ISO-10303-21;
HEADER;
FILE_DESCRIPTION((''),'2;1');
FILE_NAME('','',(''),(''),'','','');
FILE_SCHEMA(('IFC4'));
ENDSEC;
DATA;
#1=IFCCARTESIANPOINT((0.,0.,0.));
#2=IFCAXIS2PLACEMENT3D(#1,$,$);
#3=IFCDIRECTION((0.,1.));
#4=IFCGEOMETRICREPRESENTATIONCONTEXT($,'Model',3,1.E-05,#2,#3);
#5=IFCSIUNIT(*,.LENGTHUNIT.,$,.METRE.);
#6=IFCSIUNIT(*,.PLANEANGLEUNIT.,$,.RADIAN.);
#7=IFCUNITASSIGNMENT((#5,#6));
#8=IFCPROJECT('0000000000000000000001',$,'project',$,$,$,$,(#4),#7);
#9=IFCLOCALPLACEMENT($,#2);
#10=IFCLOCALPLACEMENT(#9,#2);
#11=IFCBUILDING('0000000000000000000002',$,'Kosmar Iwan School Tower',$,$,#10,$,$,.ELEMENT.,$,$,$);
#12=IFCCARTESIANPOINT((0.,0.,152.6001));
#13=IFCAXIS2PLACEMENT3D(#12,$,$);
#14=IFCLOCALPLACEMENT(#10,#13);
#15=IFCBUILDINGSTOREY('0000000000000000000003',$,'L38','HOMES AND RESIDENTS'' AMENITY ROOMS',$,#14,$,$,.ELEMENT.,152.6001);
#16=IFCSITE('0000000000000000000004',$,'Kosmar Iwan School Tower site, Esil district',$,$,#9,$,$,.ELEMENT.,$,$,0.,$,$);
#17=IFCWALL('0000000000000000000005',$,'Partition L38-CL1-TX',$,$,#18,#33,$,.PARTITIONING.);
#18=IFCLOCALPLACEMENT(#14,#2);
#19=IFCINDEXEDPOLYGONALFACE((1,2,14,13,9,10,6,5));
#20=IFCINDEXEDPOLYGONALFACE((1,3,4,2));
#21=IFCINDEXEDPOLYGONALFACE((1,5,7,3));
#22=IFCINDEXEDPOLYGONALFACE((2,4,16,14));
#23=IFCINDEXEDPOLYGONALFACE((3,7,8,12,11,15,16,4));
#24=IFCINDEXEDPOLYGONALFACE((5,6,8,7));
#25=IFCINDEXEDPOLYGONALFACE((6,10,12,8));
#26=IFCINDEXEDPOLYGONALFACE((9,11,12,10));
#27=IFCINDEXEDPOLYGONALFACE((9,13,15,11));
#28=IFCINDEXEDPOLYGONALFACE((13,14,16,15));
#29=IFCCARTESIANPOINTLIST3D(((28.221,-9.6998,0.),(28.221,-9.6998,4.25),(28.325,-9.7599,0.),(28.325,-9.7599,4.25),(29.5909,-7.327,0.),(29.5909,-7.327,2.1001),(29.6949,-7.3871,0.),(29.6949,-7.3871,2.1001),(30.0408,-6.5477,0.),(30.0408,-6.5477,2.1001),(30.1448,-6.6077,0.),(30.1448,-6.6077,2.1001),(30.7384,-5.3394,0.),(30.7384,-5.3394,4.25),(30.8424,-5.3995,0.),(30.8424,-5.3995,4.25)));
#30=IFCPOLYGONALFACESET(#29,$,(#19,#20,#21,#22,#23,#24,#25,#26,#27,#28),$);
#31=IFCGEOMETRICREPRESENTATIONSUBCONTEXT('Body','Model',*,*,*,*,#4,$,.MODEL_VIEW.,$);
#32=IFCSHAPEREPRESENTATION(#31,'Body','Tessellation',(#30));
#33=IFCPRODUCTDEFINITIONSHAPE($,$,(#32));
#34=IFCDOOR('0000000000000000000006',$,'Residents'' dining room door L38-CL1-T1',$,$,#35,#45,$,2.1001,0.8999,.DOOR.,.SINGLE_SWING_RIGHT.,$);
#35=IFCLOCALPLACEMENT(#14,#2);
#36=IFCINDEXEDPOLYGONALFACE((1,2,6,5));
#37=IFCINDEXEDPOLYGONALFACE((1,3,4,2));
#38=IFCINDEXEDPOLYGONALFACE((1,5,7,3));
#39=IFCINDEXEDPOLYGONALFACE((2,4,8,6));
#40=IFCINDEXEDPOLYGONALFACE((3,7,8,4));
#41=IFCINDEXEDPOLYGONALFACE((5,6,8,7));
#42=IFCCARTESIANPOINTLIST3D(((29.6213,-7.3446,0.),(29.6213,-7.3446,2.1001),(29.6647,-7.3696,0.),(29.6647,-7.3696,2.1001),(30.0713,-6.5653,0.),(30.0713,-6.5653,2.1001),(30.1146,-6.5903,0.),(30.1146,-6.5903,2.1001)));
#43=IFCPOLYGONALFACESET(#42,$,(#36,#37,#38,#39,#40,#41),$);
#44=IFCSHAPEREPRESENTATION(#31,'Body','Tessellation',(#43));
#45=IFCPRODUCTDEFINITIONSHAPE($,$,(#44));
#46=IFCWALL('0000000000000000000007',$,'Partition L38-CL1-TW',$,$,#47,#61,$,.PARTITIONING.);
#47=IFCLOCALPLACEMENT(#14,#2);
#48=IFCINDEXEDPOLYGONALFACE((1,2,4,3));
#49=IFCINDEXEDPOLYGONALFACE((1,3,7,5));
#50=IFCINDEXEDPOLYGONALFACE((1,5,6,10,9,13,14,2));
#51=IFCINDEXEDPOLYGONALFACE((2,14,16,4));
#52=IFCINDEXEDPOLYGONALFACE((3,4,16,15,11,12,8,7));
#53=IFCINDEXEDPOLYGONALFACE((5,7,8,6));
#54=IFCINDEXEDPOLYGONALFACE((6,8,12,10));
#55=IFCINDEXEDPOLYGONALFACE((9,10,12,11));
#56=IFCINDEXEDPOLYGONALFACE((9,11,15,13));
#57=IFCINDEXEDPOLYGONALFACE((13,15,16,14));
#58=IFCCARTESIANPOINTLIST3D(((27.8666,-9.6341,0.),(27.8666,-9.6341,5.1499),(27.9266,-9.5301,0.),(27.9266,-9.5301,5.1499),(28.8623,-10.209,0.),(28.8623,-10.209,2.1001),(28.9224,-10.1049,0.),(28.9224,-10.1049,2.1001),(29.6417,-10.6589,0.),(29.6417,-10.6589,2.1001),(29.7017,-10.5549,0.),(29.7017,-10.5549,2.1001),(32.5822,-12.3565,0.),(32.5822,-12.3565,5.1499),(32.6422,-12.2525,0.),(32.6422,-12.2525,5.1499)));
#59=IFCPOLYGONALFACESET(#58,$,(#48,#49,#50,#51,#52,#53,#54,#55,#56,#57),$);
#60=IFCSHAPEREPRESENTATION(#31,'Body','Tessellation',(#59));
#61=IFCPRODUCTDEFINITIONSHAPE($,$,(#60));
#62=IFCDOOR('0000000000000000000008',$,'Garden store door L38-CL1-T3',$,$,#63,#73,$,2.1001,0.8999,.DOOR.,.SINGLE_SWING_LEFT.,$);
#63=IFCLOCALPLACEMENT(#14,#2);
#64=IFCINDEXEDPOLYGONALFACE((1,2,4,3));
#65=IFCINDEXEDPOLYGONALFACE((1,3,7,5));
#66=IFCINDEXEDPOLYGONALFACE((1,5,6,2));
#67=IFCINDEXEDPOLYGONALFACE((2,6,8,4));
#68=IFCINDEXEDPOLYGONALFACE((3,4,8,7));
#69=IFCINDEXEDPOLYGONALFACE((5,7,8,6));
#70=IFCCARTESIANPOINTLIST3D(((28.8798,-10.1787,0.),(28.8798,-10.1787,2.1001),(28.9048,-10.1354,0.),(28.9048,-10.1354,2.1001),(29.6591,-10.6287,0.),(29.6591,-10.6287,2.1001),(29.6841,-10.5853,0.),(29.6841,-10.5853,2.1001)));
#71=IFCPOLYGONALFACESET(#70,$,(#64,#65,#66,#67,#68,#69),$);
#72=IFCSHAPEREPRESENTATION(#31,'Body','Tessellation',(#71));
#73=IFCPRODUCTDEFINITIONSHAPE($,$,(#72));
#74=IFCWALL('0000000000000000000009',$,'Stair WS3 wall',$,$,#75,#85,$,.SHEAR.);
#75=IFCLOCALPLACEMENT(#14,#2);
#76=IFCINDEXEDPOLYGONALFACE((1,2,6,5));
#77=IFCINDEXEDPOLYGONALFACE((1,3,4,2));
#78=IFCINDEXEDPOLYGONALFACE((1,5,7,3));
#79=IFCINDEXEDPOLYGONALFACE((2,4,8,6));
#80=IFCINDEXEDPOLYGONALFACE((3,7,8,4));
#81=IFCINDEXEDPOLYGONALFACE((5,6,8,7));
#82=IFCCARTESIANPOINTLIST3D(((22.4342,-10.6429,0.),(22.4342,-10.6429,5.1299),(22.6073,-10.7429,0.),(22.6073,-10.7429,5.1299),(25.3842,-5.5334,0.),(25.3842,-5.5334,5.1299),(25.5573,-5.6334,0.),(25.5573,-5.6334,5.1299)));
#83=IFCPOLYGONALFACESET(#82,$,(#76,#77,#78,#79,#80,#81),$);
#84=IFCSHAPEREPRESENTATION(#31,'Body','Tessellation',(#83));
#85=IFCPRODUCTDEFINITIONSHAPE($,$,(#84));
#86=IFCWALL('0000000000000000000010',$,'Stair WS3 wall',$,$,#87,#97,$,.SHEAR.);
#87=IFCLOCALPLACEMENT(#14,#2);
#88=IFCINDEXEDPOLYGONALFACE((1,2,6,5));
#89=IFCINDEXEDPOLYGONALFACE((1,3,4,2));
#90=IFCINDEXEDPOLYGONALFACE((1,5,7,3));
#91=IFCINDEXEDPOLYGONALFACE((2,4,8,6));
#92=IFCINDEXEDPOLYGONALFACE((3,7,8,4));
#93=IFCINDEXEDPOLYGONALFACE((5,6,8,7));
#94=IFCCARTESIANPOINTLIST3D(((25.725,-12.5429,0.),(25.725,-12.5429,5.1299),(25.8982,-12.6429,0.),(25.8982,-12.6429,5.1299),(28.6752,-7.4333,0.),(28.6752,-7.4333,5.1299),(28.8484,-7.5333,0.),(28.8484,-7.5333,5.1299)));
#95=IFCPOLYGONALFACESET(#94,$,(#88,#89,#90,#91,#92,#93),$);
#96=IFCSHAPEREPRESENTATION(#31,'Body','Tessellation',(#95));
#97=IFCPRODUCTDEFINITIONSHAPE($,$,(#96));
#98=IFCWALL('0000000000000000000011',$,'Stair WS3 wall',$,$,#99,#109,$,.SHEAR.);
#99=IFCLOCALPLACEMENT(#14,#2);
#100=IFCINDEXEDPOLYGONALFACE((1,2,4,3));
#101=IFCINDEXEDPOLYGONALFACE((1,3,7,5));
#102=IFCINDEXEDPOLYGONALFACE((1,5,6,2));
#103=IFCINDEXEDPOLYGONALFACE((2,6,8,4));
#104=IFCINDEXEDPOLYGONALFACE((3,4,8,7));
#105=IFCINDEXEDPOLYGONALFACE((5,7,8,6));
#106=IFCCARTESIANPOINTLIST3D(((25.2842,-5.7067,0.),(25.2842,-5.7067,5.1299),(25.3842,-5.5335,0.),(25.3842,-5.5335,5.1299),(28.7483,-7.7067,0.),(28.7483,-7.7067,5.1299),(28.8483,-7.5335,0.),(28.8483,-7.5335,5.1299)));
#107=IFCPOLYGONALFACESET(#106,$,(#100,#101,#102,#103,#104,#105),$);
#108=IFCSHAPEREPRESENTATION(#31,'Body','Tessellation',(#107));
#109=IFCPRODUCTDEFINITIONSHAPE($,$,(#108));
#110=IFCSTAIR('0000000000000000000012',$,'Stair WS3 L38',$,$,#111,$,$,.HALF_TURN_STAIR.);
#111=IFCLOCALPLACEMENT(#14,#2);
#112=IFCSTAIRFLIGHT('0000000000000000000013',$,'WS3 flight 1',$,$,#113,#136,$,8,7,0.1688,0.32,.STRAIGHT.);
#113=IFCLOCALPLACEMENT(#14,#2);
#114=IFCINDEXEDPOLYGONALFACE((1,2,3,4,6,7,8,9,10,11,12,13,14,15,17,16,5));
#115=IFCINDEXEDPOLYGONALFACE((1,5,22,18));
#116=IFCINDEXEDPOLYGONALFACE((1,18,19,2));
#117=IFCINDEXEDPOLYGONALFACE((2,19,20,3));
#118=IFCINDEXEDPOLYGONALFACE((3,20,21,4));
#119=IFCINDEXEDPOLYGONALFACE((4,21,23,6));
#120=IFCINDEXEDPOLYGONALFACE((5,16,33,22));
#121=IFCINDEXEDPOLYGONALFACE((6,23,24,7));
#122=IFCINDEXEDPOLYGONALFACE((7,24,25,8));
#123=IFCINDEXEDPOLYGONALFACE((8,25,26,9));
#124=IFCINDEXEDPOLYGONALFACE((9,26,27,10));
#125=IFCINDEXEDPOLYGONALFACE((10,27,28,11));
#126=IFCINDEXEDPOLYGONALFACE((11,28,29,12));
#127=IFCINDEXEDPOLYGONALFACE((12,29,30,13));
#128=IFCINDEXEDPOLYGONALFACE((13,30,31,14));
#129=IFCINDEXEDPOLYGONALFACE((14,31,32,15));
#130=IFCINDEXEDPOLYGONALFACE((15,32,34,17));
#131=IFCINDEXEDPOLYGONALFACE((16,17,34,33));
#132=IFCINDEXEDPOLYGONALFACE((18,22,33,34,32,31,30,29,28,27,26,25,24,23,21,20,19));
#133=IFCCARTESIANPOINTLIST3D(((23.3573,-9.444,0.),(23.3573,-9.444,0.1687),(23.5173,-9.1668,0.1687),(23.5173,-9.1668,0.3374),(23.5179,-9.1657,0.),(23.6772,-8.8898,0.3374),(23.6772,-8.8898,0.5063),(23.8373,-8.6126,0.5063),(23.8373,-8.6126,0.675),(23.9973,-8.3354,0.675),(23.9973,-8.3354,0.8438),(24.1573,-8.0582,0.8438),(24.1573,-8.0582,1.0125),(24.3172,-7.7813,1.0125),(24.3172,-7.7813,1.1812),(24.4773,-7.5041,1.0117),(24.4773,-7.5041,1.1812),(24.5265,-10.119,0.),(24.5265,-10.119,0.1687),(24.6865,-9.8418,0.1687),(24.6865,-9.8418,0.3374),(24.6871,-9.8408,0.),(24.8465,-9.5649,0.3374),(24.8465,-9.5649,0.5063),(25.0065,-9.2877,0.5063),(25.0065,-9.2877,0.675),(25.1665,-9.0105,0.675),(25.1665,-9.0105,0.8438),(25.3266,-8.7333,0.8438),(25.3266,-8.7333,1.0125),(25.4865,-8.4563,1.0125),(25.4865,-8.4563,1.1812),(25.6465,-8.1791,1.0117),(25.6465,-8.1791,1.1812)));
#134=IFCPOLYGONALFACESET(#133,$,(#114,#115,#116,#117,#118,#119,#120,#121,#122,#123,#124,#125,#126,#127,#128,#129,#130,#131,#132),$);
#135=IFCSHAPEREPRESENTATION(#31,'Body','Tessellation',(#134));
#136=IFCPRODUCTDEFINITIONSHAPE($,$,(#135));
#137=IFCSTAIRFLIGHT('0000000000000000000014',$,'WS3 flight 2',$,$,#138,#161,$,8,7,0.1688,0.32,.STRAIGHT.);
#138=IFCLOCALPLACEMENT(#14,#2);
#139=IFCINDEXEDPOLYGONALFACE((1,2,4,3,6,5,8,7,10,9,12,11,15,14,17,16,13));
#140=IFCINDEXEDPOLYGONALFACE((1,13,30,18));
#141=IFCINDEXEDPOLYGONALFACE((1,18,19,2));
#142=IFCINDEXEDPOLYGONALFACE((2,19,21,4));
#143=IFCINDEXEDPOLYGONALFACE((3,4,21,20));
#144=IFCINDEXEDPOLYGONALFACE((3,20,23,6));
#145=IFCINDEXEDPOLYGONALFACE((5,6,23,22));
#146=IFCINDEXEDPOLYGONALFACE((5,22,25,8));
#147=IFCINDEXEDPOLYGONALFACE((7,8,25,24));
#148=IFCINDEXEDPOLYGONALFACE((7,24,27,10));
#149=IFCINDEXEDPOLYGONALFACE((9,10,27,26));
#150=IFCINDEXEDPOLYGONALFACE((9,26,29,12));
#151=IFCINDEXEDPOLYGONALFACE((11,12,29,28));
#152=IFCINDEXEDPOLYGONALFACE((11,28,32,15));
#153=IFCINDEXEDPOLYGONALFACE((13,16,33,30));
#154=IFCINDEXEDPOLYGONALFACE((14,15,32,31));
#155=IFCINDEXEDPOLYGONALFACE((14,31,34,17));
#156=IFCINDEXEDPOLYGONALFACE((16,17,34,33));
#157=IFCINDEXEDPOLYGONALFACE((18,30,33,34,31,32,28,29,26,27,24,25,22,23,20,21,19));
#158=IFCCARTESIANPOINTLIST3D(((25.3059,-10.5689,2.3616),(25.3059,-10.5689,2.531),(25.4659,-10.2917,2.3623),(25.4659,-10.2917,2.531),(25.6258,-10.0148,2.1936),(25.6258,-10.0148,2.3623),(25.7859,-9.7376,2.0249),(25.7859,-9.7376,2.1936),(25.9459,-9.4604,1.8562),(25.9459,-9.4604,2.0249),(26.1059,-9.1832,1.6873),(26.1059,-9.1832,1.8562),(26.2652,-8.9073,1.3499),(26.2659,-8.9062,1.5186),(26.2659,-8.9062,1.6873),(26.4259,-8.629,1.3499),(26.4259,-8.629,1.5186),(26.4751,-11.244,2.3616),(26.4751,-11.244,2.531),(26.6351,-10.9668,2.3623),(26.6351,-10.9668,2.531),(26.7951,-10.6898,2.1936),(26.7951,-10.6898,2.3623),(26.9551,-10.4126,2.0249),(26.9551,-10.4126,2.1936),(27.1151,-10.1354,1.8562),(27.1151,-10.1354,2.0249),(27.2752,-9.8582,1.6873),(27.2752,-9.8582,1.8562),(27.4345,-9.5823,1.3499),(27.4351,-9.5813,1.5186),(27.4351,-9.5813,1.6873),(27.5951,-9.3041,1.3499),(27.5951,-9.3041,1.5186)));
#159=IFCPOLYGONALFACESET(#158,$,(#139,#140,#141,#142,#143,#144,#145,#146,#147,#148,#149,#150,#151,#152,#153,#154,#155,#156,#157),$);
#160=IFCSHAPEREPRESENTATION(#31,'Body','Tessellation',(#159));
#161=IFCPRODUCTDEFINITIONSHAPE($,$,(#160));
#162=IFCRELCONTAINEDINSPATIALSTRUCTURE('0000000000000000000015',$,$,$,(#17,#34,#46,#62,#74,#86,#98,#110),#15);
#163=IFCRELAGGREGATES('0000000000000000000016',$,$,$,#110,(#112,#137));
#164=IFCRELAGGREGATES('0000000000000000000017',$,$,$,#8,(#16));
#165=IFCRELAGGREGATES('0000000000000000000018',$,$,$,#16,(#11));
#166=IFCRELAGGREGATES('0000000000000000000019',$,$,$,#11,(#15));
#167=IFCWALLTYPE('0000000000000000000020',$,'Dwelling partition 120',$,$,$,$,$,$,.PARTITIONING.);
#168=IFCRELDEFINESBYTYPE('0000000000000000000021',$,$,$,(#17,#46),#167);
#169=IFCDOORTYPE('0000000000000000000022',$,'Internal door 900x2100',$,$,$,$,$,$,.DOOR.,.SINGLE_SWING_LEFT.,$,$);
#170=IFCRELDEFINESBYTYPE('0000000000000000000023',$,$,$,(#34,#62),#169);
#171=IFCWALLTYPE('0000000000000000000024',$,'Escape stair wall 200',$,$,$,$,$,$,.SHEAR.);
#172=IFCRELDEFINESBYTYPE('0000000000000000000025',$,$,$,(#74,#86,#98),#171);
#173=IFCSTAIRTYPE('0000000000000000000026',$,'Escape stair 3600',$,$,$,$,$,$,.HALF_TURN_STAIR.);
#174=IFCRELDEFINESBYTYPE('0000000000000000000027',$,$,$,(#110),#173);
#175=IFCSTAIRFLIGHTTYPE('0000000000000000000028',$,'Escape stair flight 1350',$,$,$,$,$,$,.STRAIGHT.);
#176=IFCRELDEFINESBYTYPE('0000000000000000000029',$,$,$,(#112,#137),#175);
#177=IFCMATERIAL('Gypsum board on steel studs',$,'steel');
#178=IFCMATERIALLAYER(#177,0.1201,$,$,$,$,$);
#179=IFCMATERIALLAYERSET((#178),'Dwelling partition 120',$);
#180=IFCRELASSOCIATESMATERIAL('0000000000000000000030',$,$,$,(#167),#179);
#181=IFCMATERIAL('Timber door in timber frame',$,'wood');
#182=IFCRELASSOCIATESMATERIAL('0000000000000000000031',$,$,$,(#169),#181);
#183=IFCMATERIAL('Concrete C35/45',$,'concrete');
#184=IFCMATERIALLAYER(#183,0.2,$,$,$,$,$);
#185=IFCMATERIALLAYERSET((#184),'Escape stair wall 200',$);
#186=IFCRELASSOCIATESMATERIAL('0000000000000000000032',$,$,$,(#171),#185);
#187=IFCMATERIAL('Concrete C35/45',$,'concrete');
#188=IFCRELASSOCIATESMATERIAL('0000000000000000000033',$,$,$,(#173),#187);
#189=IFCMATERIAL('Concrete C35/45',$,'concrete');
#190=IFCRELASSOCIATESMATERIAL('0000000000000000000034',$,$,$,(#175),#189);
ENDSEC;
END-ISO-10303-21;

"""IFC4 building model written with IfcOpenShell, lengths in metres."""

from ifc_helpers import new_model, si_unit, direction, frame, frame_2d, origin, place, context, subcontext, project, spatial, polyline, rectangle, outline, extrude, material, layer, layer_set, type_object, element, fill, aggregate, save


model = new_model("IFC4")

# Units and contexts
model_context = context("Model", 3, precision=1e-05, world=origin(), true_north=direction((0.0, 1.0)))
body_context = subcontext(model_context, "Body", "Model", "MODEL_VIEW")
ifc_project = project(units=[si_unit("LENGTHUNIT", "METRE"), si_unit("PLANEANGLEUNIT", "RADIAN")], contexts=[model_context])

# Site, building, storey
site_placement = place(None, origin())
site = spatial("IfcSite", under=ifc_project, at=site_placement, Name="Kosmar Iwan School Tower site, Esil district", CompositionType="ELEMENT", RefElevation=0.0)
building_placement = place(site_placement, origin())
building = spatial("IfcBuilding", under=site, at=building_placement, Name="Kosmar Iwan School Tower", CompositionType="ELEMENT")
storey_placement = place(building_placement, frame((0.0, 0.0, 152.6001)))
storey = spatial("IfcBuildingStorey", under=building, at=storey_placement, Name="L38", Description="HOMES AND RESIDENTS' AMENITY ROOMS", CompositionType="ELEMENT", Elevation=152.6001)

# Walls, openings, doors
ifc_material_1 = material(Name="Gypsum board on steel studs", Category="steel")
ifc_layer_1 = layer(ifc_material_1, 0.1201)
ifc_layer_set_1 = layer_set([ifc_layer_1], Name="Dwelling partition 120")
wall_type_1 = type_object("IfcWallType", Name="Dwelling partition 120", PredefinedType="PARTITIONING", material=ifc_layer_set_1)
ifc_material_2 = material(Name="Timber door in timber frame", Category="wood")
door_type_1 = type_object("IfcDoorType", Name="Internal door 900x2100", OperationType="SINGLE_SWING_LEFT", PredefinedType="DOOR", material=ifc_material_2)
wall_1_placement = place(storey_placement, frame((28.2729, -9.73, 0.0), z_axis=(0.0, 0.0, 1.0), x_axis=(0.499983, 0.866035, 0.0)))
wall_1 = element("IfcWall", 1, at=wall_1_placement, inside=storey, type_object=wall_type_1, Name="Partition L38-CL1-TX", PredefinedType="PARTITIONING", context=body_context, shape_type="SweptSolid", body=[
    extrude(rectangle(XDim=5.0349, YDim=0.1201, at=frame_2d((2.5176, 0.0))), origin(), (0.0, 0.0, 1.0), 4.25),
])
opening_1_placement = place(wall_1_placement, frame((2.74, 0.0, 0.0)))
opening_1 = element("IfcOpeningElement", 2, at=opening_1_placement, cuts=wall_1, PredefinedType="OPENING", context=body_context, shape_type="SweptSolid", body=[
    extrude(rectangle(XDim=0.8999, YDim=2.1001, at=frame_2d((0.45, 1.05))), frame((0.0, 0.072, 0.0), z_axis=(0.0, -1.0, 0.0), x_axis=(1.0, 0.0, 0.0)), (0.0, 0.0, 1.0), 0.144),
])
door_1_placement = place(opening_1_placement, origin())
door_1 = element("IfcDoor", 3, at=door_1_placement, inside=storey, type_object=door_type_1, Name="Residents' dining room door L38-CL1-T1", OperationType="SINGLE_SWING_RIGHT", OverallHeight=2.1001, OverallWidth=0.8999, PredefinedType="DOOR", context=body_context, shape_type="SweptSolid", body=[
    extrude(rectangle(XDim=0.8999, YDim=2.1001, at=frame_2d((0.45, 1.05))), frame((0.0, 0.0249, 0.0), z_axis=(0.0, -1.0, 0.0), x_axis=(1.0, 0.0, 0.0)), (0.0, 0.0, 1.0), 0.05),
])
fill(opening_1, door_1)
wall_2_placement = place(storey_placement, frame((27.8965, -9.582, 0.0), z_axis=(0.0, 0.0, 1.0), x_axis=(0.866036, -0.499982, 0.0)))
wall_2 = element("IfcWall", 4, at=wall_2_placement, inside=storey, type_object=wall_type_1, Name="Partition L38-CL1-TW", PredefinedType="PARTITIONING", context=body_context, shape_type="SweptSolid", body=[
    extrude(rectangle(XDim=5.4451, YDim=0.1201, at=frame_2d((2.7227, 0.0))), origin(), (0.0, 0.0, 1.0), 5.1499),
])
opening_2_placement = place(wall_2_placement, frame((1.1499, 0.0, 0.0)))
opening_2 = element("IfcOpeningElement", 5, at=opening_2_placement, cuts=wall_2, PredefinedType="OPENING", context=body_context, shape_type="SweptSolid", body=[
    extrude(rectangle(XDim=0.8999, YDim=2.1001, at=frame_2d((0.45, 1.05))), frame((0.0, 0.072, 0.0), z_axis=(0.0, -1.0, 0.0), x_axis=(1.0, 0.0, 0.0)), (0.0, 0.0, 1.0), 0.144),
])
door_2_placement = place(opening_2_placement, origin())
door_2 = element("IfcDoor", 6, at=door_2_placement, inside=storey, type_object=door_type_1, Name="Garden store door L38-CL1-T3", OperationType="SINGLE_SWING_LEFT", OverallHeight=2.1001, OverallWidth=0.8999, PredefinedType="DOOR", context=body_context, shape_type="SweptSolid", body=[
    extrude(rectangle(XDim=0.8999, YDim=2.1001, at=frame_2d((0.45, 1.05))), frame((0.0, 0.0249, 0.0), z_axis=(0.0, -1.0, 0.0), x_axis=(1.0, 0.0, 0.0)), (0.0, 0.0, 1.0), 0.05),
])
fill(opening_2, door_2)

# Walls
ifc_material_3 = material(Name="Concrete C35/45", Category="concrete")
ifc_layer_2 = layer(ifc_material_3, 0.2)
ifc_layer_set_2 = layer_set([ifc_layer_2], Name="Escape stair wall 200")
wall_type_2 = type_object("IfcWallType", Name="Escape stair wall 200", PredefinedType="SHEAR", material=ifc_layer_set_2)
wall_3_placement = place(storey_placement, frame((22.5208, -10.6929, 0.0), z_axis=(0.0, 0.0, 1.0), x_axis=(0.500007, 0.866022, 0.0)))
element("IfcWall", 7, at=wall_3_placement, inside=storey, type_object=wall_type_2, Name="Stair WS3 wall", PredefinedType="SHEAR", context=body_context, shape_type="SweptSolid", body=[
    extrude(rectangle(XDim=5.8999, YDim=0.2, at=frame_2d((2.95, 0.0))), origin(), (0.0, 0.0, 1.0), 5.1299),
])
wall_4_placement = place(storey_placement, frame((25.8115, -12.593, 0.0), z_axis=(0.0, 0.0, 1.0), x_axis=(0.50002, 0.866014, 0.0)))
element("IfcWall", 8, at=wall_4_placement, inside=storey, type_object=wall_type_2, Name="Stair WS3 wall", PredefinedType="SHEAR", context=body_context, shape_type="SweptSolid", body=[
    extrude(rectangle(XDim=5.9001, YDim=0.2, at=frame_2d((2.9502, 0.0))), origin(), (0.0, 0.0, 1.0), 5.1299),
])
wall_5_placement = place(storey_placement, frame((25.3342, -5.6201, 0.0), z_axis=(0.0, 0.0, 1.0), x_axis=(0.866026, -0.499999, 0.0)))
element("IfcWall", 9, at=wall_5_placement, inside=storey, type_object=wall_type_2, Name="Stair WS3 wall", PredefinedType="SHEAR", context=body_context, shape_type="SweptSolid", body=[
    extrude(rectangle(XDim=4.0, YDim=0.2, at=frame_2d((2.0, 0.0))), origin(), (0.0, 0.0, 1.0), 5.1299),
])

# Stair, stair flights
ifc_material_4 = material(Name="Concrete C35/45", Category="concrete")
stair_type = type_object("IfcStairType", Name="Escape stair 3600", PredefinedType="HALF_TURN_STAIR", material=ifc_material_4)
stair_placement = place(storey_placement, origin())
stair = element("IfcStair", 10, at=stair_placement, inside=storey, type_object=stair_type, Name="Stair WS3 L38", PredefinedType="HALF_TURN_STAIR")
ifc_material_5 = material(Name="Concrete C35/45", Category="concrete")
stair_flight_type = type_object("IfcStairFlightType", Name="Escape stair flight 1350", PredefinedType="STRAIGHT", material=ifc_material_5)
stair_flight_1_placement = place(storey_placement, frame((23.9419, -9.7815, 0.0), z_axis=(0.0, 0.0, 1.0), x_axis=(0.5, 0.866025, 0.0)))
stair_flight_1 = element("IfcStairFlight", 11, at=stair_flight_1_placement, type_object=stair_flight_type, Name="WS3 flight 1", NumberOfRisers=8, NumberOfTreads=7, PredefinedType="STRAIGHT", RiserHeight=0.1688, TreadLength=0.32, context=body_context, shape_type="SweptSolid", body=[
    extrude(outline(polyline([(0.0, 0.0), (0.0, 0.1687), (0.3201, 0.1687), (0.3201, 0.3374), (0.6399, 0.3374), (0.6399, 0.5063), (0.96, 0.5063), (0.96, 0.675), (1.28, 0.675), (1.28, 0.8438), (1.6001, 0.8438), (1.6001, 1.0125), (1.9199, 1.0125), (1.9199, 1.1812), (2.24, 1.1812), (2.24, 1.3501), (2.24, 1.0117), (0.3213, 0.0), (0.0, 0.0)])), frame((0.0, 0.675, 0.0), z_axis=(0.0, -1.0, 0.0), x_axis=(1.0, 0.0, 0.0)), (0.0, 0.0, 1.0), 1.3501),
])
stair_flight_2_placement = place(storey_placement, frame((27.0105, -8.9666, 1.3499), z_axis=(0.0, 0.0, 1.0), x_axis=(-0.5, -0.866025, 0.0)))
stair_flight_2 = element("IfcStairFlight", 12, at=stair_flight_2_placement, type_object=stair_flight_type, Name="WS3 flight 2", NumberOfRisers=8, NumberOfTreads=7, PredefinedType="STRAIGHT", RiserHeight=0.1688, TreadLength=0.32, context=body_context, shape_type="SweptSolid", body=[
    extrude(outline(polyline([(0.0, 0.0), (0.0, 0.1687), (0.3201, 0.1687), (0.3201, 0.3374), (0.6399, 0.3374), (0.6399, 0.5063), (0.96, 0.5063), (0.96, 0.675), (1.28, 0.675), (1.28, 0.8438), (1.6001, 0.8438), (1.6001, 1.0125), (1.9199, 1.0125), (1.9199, 1.1812), (2.24, 1.1812), (2.24, 1.3501), (2.24, 1.0117), (0.3213, 0.0), (0.0, 0.0)])), frame((0.0, 0.675, 0.0), z_axis=(0.0, -1.0, 0.0), x_axis=(1.0, 0.0, 0.0)), (0.0, 0.0, 1.0), 1.3501),
])
aggregate(stair, [stair_flight_1, stair_flight_2])

save(model, "model.ifc")
